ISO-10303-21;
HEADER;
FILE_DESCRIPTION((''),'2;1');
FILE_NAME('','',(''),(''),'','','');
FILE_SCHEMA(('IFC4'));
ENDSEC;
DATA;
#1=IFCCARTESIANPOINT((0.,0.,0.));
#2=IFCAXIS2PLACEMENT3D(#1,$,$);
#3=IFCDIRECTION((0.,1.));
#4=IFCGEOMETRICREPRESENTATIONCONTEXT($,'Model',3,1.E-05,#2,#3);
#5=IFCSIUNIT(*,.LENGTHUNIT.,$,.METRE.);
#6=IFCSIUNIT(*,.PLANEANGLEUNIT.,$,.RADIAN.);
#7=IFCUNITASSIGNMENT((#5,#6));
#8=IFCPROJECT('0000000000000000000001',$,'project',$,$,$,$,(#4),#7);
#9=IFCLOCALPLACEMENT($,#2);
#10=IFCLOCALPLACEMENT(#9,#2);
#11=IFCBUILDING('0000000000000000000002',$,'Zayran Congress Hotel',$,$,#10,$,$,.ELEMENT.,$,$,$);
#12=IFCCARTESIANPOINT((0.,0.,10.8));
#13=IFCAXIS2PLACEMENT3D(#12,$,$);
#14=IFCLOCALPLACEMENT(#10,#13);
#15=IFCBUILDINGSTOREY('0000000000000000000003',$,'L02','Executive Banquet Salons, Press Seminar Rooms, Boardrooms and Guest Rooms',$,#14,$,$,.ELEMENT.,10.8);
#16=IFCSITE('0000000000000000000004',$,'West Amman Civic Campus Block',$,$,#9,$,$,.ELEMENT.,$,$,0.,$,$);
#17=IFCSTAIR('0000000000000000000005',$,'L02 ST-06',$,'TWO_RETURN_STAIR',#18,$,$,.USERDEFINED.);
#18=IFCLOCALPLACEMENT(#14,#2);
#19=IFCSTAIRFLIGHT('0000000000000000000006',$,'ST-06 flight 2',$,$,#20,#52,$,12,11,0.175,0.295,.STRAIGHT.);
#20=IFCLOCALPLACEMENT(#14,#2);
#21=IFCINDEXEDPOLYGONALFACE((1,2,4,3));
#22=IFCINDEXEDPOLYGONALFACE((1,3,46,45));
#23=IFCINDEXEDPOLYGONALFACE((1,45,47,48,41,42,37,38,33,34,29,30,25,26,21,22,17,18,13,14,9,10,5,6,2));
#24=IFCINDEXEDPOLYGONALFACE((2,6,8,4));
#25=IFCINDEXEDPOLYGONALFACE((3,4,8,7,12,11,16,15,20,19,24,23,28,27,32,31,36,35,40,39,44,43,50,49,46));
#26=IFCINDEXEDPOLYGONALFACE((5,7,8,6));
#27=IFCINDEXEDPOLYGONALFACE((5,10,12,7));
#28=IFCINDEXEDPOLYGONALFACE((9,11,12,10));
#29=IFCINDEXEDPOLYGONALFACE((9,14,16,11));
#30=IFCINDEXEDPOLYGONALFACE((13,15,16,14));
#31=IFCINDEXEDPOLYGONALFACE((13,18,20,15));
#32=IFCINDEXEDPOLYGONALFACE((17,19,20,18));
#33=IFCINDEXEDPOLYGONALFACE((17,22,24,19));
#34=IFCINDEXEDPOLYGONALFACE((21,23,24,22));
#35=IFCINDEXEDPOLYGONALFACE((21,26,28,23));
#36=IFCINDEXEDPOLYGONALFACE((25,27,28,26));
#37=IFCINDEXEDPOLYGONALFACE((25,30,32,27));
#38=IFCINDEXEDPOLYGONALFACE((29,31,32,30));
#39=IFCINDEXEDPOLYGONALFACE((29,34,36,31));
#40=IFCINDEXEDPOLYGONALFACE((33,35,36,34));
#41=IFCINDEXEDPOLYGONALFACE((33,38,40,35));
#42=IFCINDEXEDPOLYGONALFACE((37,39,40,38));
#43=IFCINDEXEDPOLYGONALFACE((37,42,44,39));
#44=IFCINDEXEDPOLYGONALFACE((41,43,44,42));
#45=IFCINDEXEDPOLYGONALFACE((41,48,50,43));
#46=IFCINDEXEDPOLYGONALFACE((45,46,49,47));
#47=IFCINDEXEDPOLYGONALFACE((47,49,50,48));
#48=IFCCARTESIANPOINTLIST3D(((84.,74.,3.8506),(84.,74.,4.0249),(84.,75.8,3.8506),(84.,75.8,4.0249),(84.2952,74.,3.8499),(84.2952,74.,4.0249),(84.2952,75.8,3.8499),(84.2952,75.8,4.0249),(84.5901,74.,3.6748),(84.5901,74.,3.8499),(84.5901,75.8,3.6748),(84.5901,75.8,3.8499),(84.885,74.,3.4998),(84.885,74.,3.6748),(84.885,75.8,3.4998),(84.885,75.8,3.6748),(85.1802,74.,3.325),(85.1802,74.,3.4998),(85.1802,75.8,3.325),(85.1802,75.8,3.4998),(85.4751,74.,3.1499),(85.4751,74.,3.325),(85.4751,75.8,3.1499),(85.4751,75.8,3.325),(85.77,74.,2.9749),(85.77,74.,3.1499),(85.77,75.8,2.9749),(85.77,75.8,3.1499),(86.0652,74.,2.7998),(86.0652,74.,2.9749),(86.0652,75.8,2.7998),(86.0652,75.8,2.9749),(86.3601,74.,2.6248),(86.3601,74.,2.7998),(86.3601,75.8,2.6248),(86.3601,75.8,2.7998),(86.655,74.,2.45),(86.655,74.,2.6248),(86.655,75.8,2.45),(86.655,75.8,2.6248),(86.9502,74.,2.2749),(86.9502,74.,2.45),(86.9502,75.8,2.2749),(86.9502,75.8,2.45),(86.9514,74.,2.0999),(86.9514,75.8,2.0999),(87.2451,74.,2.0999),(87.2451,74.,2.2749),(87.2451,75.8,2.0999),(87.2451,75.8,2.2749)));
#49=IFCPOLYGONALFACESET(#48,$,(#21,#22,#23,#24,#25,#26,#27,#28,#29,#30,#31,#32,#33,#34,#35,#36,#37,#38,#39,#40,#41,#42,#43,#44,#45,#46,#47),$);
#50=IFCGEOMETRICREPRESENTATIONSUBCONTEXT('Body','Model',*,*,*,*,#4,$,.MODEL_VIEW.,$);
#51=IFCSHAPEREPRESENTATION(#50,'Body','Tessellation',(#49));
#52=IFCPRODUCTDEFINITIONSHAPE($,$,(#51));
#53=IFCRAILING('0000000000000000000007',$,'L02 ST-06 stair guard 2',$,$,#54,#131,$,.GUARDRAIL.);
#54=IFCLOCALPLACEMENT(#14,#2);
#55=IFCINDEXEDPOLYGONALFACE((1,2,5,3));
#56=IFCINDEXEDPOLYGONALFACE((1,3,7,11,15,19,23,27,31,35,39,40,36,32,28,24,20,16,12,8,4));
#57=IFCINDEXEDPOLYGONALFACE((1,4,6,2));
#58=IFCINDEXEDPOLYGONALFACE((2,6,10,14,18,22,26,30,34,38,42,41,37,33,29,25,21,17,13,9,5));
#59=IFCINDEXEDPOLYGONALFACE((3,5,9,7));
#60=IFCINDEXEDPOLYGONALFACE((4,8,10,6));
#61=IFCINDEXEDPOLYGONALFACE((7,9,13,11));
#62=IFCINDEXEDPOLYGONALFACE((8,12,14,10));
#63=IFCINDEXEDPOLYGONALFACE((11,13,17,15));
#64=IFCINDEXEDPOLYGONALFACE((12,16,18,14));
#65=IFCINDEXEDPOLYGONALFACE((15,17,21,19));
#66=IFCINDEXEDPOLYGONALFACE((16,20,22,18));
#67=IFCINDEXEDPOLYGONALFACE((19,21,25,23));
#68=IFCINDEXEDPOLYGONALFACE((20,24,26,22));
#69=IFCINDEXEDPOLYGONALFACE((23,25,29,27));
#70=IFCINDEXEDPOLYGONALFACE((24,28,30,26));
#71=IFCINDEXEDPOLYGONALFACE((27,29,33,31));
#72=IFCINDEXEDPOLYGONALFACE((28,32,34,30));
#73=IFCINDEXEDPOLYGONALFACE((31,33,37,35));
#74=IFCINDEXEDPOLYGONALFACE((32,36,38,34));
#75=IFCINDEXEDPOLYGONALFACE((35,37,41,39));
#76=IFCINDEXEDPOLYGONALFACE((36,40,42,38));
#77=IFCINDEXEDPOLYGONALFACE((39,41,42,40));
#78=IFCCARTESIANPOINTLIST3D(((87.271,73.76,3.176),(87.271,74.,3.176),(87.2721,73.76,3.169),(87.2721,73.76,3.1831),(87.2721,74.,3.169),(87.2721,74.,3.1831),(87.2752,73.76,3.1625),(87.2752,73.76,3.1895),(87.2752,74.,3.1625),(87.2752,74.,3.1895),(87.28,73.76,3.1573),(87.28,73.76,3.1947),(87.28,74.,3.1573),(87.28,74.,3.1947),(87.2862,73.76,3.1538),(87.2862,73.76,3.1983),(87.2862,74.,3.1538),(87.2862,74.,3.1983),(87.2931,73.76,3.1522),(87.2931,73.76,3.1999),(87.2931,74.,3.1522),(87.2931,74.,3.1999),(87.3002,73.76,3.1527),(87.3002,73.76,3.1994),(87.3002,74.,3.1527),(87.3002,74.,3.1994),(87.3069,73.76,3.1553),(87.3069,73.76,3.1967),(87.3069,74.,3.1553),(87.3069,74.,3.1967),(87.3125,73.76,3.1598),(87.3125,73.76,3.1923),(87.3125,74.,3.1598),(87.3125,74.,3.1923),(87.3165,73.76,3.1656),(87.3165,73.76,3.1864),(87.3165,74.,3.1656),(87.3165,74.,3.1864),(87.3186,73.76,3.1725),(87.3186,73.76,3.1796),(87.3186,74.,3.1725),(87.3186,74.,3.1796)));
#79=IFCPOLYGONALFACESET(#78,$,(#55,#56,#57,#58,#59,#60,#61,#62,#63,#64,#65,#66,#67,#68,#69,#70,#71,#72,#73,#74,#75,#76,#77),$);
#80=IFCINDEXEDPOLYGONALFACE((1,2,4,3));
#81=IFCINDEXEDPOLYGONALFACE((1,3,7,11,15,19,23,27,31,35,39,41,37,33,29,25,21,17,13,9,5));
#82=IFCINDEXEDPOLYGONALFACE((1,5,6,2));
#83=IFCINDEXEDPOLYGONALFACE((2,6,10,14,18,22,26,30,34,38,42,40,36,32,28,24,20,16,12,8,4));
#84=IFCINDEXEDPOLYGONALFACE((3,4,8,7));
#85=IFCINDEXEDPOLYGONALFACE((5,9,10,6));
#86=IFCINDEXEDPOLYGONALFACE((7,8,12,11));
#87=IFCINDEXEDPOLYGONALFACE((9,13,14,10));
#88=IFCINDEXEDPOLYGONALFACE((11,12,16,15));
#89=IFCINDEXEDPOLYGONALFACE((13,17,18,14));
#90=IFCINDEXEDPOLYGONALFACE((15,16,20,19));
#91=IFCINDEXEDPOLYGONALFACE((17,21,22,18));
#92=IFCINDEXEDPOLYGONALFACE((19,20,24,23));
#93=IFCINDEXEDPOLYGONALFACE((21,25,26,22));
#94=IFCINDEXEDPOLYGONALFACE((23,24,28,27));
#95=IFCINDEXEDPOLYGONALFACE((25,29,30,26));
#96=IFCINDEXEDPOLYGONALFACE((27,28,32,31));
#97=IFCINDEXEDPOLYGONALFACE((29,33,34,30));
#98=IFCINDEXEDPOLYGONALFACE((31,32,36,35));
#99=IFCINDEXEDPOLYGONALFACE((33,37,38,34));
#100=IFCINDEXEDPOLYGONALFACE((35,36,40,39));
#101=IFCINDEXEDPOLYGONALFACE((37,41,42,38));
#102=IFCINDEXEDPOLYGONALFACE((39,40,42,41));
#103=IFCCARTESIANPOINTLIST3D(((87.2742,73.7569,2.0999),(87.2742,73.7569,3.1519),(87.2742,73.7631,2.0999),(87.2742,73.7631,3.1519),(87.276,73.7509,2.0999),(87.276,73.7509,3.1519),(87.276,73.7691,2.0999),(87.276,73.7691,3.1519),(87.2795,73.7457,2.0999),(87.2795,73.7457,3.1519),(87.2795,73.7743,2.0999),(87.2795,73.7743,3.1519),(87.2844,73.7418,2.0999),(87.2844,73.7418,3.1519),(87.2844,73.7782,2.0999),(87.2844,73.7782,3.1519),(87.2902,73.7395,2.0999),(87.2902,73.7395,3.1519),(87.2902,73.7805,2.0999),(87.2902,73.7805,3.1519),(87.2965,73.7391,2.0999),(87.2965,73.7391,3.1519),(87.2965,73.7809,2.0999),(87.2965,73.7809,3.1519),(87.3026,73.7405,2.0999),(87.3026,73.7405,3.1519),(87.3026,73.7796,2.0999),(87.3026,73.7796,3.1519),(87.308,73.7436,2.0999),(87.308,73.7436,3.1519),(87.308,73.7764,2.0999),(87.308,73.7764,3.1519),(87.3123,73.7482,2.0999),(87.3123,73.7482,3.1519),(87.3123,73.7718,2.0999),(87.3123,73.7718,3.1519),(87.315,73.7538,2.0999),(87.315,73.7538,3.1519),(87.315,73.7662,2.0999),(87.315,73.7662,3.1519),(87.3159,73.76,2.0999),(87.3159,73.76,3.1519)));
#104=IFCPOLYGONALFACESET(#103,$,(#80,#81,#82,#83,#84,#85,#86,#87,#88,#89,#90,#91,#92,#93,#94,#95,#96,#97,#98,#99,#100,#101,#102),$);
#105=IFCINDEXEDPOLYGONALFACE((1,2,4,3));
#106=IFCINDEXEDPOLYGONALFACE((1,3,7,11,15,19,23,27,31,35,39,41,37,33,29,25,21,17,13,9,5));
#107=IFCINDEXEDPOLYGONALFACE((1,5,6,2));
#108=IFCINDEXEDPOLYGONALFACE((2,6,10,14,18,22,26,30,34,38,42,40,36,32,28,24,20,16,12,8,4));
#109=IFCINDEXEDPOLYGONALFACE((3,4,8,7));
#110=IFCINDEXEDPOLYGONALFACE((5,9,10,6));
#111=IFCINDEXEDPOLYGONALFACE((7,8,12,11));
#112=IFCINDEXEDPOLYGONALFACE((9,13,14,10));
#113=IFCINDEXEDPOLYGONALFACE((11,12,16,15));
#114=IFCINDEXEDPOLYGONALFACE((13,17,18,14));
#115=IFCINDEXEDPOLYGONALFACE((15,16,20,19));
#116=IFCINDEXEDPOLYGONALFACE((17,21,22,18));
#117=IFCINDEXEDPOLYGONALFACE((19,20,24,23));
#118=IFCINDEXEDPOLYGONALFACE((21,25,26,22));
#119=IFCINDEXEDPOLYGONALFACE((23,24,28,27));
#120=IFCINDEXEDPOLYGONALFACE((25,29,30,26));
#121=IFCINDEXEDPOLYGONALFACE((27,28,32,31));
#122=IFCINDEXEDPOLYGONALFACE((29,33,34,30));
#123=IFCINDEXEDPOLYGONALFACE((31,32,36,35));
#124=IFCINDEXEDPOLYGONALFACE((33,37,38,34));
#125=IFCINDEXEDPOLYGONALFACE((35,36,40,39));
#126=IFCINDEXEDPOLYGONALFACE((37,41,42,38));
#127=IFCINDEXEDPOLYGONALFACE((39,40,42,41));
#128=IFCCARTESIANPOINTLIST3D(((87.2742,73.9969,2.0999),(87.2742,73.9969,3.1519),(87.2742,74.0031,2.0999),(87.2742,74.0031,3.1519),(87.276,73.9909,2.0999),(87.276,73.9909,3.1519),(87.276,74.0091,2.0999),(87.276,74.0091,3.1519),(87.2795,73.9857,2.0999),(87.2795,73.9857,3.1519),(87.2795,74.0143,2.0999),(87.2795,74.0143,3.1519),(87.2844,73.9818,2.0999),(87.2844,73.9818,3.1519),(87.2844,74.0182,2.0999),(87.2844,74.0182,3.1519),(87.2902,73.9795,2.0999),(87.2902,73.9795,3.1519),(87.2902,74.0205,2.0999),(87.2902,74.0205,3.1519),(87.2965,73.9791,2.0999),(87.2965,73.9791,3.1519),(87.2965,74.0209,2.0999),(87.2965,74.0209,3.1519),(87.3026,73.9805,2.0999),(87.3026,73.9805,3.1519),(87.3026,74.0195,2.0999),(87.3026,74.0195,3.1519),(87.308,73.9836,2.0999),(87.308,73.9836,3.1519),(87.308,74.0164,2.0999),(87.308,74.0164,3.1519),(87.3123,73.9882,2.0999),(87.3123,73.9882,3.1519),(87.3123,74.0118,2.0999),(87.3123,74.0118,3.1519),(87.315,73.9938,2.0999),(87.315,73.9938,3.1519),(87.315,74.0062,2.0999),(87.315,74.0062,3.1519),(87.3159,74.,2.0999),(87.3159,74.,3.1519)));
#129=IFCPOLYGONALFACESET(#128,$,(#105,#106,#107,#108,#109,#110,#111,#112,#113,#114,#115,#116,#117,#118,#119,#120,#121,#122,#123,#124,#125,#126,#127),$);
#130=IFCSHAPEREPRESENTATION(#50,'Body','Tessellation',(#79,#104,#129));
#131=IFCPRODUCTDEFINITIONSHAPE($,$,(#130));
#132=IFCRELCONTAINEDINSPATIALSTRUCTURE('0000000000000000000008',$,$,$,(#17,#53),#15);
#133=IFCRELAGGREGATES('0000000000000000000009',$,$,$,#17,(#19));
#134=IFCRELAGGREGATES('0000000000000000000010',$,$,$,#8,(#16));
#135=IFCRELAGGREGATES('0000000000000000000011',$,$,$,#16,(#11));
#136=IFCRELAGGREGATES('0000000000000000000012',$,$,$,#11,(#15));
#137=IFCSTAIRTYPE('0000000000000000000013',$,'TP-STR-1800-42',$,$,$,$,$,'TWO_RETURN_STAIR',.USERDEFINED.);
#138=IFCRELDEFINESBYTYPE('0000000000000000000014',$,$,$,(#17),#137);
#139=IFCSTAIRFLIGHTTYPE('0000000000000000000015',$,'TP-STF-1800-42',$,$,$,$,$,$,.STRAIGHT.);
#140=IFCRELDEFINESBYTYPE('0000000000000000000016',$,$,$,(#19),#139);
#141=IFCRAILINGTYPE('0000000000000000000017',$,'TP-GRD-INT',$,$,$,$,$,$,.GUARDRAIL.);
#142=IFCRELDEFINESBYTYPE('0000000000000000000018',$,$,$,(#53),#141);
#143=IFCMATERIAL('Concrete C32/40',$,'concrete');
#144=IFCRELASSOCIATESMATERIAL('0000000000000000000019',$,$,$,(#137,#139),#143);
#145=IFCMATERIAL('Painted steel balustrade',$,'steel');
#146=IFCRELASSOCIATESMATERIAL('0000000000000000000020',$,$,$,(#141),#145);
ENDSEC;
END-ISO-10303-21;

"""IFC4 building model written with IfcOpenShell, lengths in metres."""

from ifc_helpers import new_model, si_unit, direction, frame, origin, origin_2d, place, context, subcontext, project, spatial, polyline, circle, outline, extrude, material, type_object, element, aggregate, save


model = new_model("IFC4")

# Units and contexts
model_context = context("Model", 3, precision=1e-05, world=origin(), true_north=direction((0.0, 1.0)))
body_context = subcontext(model_context, "Body", "Model", "MODEL_VIEW")
ifc_project = project(units=[si_unit("LENGTHUNIT", "METRE"), si_unit("PLANEANGLEUNIT", "RADIAN")], contexts=[model_context])

# Site, building, storey
site_placement = place(None, origin())
site = spatial("IfcSite", under=ifc_project, at=site_placement, Name="West Amman Civic Campus Block", CompositionType="ELEMENT", RefElevation=0.0)
building_placement = place(site_placement, origin())
building = spatial("IfcBuilding", under=site, at=building_placement, Name="Zayran Congress Hotel", CompositionType="ELEMENT")
storey_placement = place(building_placement, frame((0.0, 0.0, 10.8)))
storey = spatial("IfcBuildingStorey", under=building, at=storey_placement, Name="L02", Description="Executive Banquet Salons, Press Seminar Rooms, Boardrooms and Guest Rooms", CompositionType="ELEMENT", Elevation=10.8)

# Stair, stair flight
ifc_material_1 = material(Name="Concrete C32/40", Category="concrete")
stair_type = type_object("IfcStairType", Name="TP-STR-1800-42", ElementType="TWO_RETURN_STAIR", PredefinedType="USERDEFINED", material=ifc_material_1)
stair_placement = place(storey_placement, origin())
stair = element("IfcStair", 1, at=stair_placement, inside=storey, type_object=stair_type, Name="L02 ST-06", ObjectType="TWO_RETURN_STAIR", PredefinedType="USERDEFINED")
stair_flight_type = type_object("IfcStairFlightType", Name="TP-STF-1800-42", PredefinedType="STRAIGHT", material=ifc_material_1)
stair_flight_placement = place(storey_placement, frame((87.2451, 74.8999, 2.0999), z_axis=(0.0, 0.0, 1.0), x_axis=(-1.0, 0.0, 0.0)))
stair_flight = element("IfcStairFlight", 2, at=stair_flight_placement, type_object=stair_flight_type, Name="ST-06 flight 2", NumberOfRisers=12, NumberOfTreads=11, PredefinedType="STRAIGHT", RiserHeight=0.175, TreadLength=0.295, context=body_context, shape_type="SweptSolid", body=[
    extrude(outline(polyline([(0.0, 0.0), (0.0, 0.175), (0.2949, 0.175), (0.2949, 0.3501), (0.5901, 0.3501), (0.5901, 0.5249), (0.885, 0.5249), (0.885, 0.7), (1.1799, 0.7), (1.1799, 0.875), (1.4751, 0.875), (1.4751, 1.05), (1.77, 1.05), (1.77, 1.2251), (2.0649, 1.2251), (2.0649, 1.3999), (2.3601, 1.3999), (2.3601, 1.575), (2.655, 1.575), (2.655, 1.75), (2.95, 1.75), (2.95, 1.925), (3.2451, 1.925), (3.2451, 2.1001), (3.2451, 1.7507), (0.2937, 0.0), (0.0, 0.0)])), frame((0.0, 0.8999, 0.0), z_axis=(0.0, -1.0, 0.0), x_axis=(1.0, 0.0, 0.0)), (0.0, 0.0, 1.0), 1.8),
])
aggregate(stair, [stair_flight])

# Railing
ifc_material_2 = material(Name="Painted steel balustrade", Category="steel")
railing_type_1 = type_object("IfcRailingType", Name="TP-GRD-INT", PredefinedType="GUARDRAIL", material=ifc_material_2)
railing_1_placement = place(storey_placement, frame((87.2949, 73.76, 2.0999)))
element("IfcRailing", 3, at=railing_1_placement, inside=storey, type_object=railing_type_1, Name="L02 ST-06 stair guard 2", PredefinedType="GUARDRAIL", context=body_context, shape_type="SweptSolid", body=[
    extrude(circle(Radius=0.0239, at=origin_2d()), frame((0.0, 0.0, 1.0762), z_axis=(0.0, 1.0, 0.0), x_axis=(-1.0, 0.0, 0.0)), (0.0, 0.0, 1.0), 0.24),
    extrude(circle(Radius=0.021, at=origin_2d()), origin(), (0.0, 0.0, 1.0), 1.052),
    extrude(circle(Radius=0.021, at=origin_2d()), frame((0.0, 0.24, 0.0)), (0.0, 0.0, 1.0), 1.052),
])

save(model, "model.ifc")
